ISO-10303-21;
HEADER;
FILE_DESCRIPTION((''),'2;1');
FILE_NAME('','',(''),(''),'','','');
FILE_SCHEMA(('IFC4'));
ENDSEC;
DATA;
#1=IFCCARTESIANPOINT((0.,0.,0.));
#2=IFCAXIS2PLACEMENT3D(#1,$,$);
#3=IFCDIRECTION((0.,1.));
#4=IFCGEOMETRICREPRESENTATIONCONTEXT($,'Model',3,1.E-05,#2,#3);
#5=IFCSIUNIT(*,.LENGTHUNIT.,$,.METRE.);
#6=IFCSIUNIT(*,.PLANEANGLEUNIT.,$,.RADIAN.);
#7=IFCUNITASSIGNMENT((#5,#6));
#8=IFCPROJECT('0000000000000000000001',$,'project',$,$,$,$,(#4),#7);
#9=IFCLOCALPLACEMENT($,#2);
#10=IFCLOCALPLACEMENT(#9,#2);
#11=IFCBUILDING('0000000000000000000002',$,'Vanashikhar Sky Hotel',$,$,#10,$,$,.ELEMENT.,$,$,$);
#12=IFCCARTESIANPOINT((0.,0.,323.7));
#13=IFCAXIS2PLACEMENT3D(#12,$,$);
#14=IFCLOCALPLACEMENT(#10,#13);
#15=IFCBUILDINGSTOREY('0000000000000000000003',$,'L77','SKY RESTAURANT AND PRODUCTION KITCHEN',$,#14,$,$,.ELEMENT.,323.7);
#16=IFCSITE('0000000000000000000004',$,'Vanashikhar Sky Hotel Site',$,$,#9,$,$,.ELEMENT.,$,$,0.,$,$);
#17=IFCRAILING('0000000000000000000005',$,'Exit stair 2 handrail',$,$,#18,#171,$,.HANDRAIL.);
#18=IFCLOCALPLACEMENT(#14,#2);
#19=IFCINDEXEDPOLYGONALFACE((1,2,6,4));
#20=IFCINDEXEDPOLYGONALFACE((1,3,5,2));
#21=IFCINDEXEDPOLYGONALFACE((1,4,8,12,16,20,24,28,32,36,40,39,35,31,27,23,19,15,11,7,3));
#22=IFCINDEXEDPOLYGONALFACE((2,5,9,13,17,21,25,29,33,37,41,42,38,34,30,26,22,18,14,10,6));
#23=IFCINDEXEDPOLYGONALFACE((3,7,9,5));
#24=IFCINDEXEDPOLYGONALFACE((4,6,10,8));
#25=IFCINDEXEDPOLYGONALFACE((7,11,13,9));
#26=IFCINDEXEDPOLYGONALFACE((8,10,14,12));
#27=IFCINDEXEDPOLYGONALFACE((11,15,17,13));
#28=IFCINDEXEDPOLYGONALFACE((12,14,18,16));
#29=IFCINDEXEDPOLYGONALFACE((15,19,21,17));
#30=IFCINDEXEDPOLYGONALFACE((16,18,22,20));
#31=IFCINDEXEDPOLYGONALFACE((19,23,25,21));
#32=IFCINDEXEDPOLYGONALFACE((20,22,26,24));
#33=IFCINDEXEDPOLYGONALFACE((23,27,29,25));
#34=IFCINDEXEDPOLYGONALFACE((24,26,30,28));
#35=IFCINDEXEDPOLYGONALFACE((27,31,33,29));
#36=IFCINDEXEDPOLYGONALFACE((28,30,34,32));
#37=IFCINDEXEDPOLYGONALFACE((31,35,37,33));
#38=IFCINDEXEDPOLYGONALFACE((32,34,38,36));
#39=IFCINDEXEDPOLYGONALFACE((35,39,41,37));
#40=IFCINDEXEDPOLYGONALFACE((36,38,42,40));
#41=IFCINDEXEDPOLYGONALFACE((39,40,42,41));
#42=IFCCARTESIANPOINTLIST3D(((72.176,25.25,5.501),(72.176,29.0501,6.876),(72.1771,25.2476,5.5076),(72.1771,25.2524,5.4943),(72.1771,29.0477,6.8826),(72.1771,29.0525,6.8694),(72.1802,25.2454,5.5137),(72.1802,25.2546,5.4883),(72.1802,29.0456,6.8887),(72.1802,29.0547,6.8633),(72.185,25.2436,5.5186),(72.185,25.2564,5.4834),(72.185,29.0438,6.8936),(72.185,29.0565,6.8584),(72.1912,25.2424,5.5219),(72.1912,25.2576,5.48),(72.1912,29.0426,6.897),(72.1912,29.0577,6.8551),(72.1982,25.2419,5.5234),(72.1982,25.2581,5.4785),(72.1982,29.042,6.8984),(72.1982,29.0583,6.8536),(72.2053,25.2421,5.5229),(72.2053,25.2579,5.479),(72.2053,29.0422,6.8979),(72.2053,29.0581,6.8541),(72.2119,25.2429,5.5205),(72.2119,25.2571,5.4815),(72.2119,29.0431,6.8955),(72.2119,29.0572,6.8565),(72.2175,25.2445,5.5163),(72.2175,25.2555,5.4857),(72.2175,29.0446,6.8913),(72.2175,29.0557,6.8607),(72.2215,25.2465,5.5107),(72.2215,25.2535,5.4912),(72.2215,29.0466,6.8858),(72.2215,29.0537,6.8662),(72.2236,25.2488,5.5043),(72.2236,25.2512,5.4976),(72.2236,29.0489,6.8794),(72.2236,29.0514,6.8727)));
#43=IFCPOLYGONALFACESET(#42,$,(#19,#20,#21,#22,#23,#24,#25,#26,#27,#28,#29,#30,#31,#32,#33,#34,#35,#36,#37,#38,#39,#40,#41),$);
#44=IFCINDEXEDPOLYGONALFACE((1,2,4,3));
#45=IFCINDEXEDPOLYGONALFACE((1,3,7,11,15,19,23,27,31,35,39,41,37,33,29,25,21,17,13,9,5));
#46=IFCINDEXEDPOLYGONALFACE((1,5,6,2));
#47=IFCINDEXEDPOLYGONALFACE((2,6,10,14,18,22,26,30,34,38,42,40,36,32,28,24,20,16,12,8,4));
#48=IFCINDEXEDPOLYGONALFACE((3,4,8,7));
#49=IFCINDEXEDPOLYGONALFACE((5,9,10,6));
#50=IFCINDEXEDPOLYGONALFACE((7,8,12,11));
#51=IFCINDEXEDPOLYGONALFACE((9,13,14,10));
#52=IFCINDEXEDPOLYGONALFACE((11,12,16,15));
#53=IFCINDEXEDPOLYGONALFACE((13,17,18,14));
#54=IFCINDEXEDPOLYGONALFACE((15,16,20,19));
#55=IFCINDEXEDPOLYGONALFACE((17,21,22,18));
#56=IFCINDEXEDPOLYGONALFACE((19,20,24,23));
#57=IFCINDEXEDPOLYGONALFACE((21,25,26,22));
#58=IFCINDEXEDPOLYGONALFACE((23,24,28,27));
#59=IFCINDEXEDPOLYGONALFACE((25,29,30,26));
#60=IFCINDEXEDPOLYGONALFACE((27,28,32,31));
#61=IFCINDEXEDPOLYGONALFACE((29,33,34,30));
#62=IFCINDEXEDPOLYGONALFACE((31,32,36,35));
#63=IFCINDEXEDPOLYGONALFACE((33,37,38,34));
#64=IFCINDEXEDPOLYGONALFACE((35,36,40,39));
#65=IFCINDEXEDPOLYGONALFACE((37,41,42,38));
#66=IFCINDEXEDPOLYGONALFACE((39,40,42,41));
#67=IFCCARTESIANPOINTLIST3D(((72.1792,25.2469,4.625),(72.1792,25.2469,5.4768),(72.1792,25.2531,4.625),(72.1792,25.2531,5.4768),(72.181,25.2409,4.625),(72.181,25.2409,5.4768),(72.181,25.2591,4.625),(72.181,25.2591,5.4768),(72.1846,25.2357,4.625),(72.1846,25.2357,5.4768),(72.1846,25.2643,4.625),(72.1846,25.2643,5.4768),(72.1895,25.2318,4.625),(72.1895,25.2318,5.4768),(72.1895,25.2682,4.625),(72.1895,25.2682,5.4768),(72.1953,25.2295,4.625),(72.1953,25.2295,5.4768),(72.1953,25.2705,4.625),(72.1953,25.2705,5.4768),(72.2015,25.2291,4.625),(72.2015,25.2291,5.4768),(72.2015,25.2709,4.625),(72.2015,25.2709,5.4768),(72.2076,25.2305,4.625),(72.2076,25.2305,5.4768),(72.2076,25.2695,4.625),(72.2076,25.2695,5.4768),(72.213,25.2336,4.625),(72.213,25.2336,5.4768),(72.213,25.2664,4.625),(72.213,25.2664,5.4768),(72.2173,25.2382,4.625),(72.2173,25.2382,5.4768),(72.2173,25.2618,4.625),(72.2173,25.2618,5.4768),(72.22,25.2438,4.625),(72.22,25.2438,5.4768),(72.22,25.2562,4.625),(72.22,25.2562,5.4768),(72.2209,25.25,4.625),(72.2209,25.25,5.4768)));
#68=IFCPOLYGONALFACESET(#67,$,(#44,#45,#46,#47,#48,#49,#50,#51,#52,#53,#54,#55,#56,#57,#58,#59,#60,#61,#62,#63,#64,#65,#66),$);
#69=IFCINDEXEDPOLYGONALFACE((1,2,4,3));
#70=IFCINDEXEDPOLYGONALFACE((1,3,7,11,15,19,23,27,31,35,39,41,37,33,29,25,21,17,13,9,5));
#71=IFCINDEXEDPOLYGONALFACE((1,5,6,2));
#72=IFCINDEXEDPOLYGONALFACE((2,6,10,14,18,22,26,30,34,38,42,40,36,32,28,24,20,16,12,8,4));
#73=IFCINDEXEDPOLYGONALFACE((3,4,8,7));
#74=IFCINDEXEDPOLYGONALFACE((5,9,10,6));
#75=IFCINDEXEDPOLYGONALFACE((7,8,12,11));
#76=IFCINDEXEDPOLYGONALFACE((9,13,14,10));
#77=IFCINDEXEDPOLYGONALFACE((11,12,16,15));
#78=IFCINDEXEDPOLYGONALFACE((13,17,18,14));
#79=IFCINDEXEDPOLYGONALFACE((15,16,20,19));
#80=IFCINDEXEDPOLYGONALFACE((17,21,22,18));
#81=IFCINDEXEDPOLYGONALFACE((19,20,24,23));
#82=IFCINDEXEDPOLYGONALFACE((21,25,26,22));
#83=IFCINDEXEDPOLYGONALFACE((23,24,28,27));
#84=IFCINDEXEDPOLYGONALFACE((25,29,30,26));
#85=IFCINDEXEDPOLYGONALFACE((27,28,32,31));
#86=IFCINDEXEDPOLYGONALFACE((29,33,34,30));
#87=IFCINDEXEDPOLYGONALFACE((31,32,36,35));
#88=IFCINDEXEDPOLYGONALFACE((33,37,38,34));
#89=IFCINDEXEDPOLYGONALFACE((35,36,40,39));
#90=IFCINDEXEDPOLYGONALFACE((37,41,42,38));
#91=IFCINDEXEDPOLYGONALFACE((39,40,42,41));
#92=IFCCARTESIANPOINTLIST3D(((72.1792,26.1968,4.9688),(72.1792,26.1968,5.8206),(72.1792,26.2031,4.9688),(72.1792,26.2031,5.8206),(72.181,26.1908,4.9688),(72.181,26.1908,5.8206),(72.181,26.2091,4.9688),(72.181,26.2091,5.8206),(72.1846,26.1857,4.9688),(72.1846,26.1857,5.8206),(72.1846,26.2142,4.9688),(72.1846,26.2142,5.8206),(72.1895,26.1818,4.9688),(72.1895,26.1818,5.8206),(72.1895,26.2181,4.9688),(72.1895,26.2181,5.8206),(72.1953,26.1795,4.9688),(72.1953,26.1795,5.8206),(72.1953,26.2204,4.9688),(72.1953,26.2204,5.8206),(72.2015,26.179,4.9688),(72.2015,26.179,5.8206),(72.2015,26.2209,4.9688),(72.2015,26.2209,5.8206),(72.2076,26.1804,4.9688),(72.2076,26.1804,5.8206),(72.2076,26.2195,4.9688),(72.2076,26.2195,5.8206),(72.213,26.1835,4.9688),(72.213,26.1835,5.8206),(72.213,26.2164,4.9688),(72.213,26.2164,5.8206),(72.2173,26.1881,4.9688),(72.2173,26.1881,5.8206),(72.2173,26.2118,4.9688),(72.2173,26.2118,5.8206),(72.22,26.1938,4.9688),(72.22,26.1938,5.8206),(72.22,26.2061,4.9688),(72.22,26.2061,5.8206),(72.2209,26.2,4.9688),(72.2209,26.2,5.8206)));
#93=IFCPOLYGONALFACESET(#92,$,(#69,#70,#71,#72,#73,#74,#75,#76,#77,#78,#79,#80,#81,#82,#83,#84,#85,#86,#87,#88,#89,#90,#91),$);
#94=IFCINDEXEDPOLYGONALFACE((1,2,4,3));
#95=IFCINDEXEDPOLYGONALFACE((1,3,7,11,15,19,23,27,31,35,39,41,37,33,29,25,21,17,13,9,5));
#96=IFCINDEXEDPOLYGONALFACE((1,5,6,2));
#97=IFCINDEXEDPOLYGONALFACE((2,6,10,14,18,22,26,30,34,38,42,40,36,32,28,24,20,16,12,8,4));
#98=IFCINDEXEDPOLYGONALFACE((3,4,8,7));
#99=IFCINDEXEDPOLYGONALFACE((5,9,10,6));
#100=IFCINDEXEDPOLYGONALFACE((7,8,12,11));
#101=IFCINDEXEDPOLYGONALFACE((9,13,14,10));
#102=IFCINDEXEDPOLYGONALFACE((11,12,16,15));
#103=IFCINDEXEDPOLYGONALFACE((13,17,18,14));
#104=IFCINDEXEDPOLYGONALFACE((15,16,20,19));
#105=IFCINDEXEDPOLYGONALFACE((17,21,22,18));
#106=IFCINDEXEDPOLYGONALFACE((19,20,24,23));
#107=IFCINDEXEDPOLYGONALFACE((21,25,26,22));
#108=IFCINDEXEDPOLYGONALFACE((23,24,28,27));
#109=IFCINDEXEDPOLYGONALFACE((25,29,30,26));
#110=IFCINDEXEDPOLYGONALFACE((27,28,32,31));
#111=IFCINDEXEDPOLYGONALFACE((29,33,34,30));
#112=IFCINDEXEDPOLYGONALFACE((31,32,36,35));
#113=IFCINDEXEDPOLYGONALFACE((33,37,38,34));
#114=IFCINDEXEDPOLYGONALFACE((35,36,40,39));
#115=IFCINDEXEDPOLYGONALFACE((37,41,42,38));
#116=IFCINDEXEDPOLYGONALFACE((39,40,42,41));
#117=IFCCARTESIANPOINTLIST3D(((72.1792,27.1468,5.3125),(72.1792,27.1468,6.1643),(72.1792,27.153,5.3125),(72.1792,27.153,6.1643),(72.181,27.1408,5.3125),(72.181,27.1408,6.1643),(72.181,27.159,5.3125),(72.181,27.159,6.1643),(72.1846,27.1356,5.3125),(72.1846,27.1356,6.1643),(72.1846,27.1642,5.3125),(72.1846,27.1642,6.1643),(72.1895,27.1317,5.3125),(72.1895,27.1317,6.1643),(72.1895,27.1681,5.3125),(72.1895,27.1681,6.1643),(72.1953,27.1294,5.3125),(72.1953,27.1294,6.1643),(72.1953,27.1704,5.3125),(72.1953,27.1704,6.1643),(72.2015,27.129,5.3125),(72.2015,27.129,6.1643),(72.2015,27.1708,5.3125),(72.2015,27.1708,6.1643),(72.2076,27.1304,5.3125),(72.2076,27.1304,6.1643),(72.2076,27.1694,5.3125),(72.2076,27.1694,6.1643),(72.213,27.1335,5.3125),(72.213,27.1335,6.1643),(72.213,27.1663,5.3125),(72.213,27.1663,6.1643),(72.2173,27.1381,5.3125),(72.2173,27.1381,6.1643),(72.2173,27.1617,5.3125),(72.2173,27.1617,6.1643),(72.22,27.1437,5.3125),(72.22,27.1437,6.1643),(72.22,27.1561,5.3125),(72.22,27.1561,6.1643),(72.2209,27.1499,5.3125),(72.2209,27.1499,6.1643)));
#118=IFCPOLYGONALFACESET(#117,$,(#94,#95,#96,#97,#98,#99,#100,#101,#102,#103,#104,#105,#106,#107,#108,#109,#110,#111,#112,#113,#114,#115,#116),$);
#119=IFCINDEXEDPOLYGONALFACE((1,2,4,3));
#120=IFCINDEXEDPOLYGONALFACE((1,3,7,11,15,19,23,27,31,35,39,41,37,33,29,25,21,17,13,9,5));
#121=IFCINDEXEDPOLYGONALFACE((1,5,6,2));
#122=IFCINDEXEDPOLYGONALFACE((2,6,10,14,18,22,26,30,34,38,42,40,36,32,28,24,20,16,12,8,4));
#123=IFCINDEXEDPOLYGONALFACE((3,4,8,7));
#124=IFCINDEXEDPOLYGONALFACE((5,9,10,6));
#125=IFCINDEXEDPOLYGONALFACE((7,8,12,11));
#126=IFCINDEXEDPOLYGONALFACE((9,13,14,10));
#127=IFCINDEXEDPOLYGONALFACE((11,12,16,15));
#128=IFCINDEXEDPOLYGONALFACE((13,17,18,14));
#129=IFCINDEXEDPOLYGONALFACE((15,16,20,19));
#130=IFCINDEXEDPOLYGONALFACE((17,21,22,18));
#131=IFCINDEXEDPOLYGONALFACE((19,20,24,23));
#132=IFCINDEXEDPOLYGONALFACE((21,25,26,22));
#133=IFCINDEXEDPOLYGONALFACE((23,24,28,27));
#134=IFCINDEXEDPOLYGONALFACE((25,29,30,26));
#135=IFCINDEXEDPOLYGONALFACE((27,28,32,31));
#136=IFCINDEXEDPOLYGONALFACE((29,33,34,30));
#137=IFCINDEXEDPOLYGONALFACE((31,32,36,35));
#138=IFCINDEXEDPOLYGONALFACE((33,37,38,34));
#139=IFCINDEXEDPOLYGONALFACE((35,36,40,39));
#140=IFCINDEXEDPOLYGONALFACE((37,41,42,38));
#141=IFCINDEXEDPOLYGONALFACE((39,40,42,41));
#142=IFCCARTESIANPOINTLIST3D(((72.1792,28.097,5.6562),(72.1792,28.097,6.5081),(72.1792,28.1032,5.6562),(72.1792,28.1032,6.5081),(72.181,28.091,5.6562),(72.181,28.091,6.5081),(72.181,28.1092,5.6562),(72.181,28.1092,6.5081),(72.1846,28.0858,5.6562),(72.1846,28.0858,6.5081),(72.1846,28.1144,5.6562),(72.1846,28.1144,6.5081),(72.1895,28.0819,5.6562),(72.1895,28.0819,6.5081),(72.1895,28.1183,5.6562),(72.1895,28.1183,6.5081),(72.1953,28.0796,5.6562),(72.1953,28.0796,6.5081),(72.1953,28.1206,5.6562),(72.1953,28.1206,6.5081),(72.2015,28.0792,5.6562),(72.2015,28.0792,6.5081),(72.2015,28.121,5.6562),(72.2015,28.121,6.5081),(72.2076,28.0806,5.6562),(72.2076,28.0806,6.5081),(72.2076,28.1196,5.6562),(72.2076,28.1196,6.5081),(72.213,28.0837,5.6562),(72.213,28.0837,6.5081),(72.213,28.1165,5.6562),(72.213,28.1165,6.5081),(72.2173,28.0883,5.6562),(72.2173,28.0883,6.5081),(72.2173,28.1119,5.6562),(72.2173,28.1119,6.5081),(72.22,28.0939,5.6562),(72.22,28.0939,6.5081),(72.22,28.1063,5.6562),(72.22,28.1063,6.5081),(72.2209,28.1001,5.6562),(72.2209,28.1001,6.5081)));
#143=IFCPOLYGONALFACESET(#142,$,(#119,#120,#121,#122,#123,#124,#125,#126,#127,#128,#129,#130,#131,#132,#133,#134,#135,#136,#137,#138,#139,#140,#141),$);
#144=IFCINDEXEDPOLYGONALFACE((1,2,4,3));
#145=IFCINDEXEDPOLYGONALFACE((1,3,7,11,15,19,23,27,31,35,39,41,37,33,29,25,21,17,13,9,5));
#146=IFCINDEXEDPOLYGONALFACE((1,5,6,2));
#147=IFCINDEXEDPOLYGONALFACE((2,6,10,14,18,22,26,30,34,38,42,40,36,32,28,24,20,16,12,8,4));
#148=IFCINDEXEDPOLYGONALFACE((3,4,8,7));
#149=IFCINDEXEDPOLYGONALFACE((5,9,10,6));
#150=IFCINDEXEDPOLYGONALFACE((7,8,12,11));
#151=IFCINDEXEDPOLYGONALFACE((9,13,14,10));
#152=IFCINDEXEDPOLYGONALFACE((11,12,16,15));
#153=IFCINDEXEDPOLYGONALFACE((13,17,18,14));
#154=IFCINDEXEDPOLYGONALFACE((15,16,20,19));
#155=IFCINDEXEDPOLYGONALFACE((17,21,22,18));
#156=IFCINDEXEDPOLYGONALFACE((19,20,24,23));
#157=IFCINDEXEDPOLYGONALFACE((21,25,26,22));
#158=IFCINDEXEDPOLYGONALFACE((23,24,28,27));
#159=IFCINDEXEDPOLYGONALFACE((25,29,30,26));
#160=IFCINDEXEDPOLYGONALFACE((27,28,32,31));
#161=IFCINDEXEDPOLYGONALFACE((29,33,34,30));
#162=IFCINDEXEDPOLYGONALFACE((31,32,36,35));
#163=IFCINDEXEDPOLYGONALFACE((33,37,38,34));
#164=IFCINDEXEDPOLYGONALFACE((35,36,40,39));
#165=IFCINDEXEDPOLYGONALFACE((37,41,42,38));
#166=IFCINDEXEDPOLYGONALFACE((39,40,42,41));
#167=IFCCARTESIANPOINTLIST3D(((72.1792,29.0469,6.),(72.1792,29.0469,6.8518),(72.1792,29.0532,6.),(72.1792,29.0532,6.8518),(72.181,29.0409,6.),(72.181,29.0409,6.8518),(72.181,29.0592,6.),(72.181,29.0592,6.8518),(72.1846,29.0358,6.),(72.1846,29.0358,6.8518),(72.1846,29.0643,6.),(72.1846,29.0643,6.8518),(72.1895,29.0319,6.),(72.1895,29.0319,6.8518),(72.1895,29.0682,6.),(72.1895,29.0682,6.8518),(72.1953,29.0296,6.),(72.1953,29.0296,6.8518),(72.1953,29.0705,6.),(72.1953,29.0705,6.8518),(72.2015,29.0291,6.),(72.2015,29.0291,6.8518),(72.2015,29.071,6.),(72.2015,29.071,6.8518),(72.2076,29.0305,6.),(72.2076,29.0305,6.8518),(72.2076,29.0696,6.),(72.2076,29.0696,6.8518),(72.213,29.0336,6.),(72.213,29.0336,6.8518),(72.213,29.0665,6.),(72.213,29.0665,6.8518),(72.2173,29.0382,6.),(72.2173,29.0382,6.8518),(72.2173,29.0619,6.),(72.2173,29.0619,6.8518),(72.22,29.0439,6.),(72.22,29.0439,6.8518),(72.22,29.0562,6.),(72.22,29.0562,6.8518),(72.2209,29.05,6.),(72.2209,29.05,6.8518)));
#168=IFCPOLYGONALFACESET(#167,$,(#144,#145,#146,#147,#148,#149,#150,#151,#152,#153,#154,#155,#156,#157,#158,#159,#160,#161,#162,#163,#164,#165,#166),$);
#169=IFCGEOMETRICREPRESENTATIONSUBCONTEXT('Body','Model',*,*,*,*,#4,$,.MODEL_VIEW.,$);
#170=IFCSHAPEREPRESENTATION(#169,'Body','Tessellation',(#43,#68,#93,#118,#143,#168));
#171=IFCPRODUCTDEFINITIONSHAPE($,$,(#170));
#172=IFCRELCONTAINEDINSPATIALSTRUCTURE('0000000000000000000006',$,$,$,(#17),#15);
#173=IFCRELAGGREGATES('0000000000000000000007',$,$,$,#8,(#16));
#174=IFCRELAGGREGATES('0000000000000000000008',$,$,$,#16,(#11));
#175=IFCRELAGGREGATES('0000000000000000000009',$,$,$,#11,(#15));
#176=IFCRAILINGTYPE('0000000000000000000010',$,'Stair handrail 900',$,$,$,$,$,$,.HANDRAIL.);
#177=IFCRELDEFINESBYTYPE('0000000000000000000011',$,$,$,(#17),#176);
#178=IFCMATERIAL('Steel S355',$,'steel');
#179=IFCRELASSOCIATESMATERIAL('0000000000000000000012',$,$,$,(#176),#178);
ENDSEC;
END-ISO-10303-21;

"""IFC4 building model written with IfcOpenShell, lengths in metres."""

from ifc_helpers import new_model, si_unit, direction, frame, origin, origin_2d, place, context, subcontext, project, spatial, circle, extrude, source, transform, mapped, material, type_object, element, save


model = new_model("IFC4")

# Units and contexts
model_context = context("Model", 3, precision=1e-05, world=origin(), true_north=direction((0.0, 1.0)))
body_context = subcontext(model_context, "Body", "Model", "MODEL_VIEW")
ifc_project = project(units=[si_unit("LENGTHUNIT", "METRE"), si_unit("PLANEANGLEUNIT", "RADIAN")], contexts=[model_context])

# Site, building, storey
site_placement = place(None, origin())
site = spatial("IfcSite", under=ifc_project, at=site_placement, Name="Vanashikhar Sky Hotel Site", CompositionType="ELEMENT", RefElevation=0.0)
building_placement = place(site_placement, origin())
building = spatial("IfcBuilding", under=site, at=building_placement, Name="Vanashikhar Sky Hotel", CompositionType="ELEMENT")
storey_placement = place(building_placement, frame((0.0, 0.0, 323.7)))
storey = spatial("IfcBuildingStorey", under=building, at=storey_placement, Name="L77", Description="SKY RESTAURANT AND PRODUCTION KITCHEN", CompositionType="ELEMENT", Elevation=323.7)

# Railing
ifc_material_1 = material(Name="Steel S355", Category="steel")
railing_type_1 = type_object("IfcRailingType", Name="Stair handrail 900", PredefinedType="HANDRAIL", material=ifc_material_1)
shared_shape_1 = source(origin(), body_context, "Body", "SweptSolid", [
    extrude(circle(Radius=0.0239, at=origin_2d()), frame((0.0, 0.0, 0.876), z_axis=(0.0, 0.940336, 0.340249), x_axis=(-1.0, 0.0, 0.0)), (0.0, 0.0, 1.0), 4.0413),
    extrude(circle(Radius=0.021, at=origin_2d()), origin(), (0.0, 0.0, 1.0), 0.8518),
    extrude(circle(Radius=0.021, at=origin_2d()), frame((0.0, 0.95, 0.3438)), (0.0, 0.0, 1.0), 0.8518),
    extrude(circle(Radius=0.021, at=origin_2d()), frame((0.0, 1.8999, 0.6875)), (0.0, 0.0, 1.0), 0.8518),
    extrude(circle(Radius=0.021, at=origin_2d()), frame((0.0, 2.8501, 1.0312)), (0.0, 0.0, 1.0), 0.8518),
    extrude(circle(Radius=0.021, at=origin_2d()), frame((0.0, 3.8, 1.375)), (0.0, 0.0, 1.0), 0.8518),
])
for number, where, name in (
    (1, (72.2, 25.25, 4.625), "Exit stair 2 handrail"),
):
    element("IfcRailing", number, at=place(storey_placement, frame(where)), inside=storey, type_object=railing_type_1, Name=name, PredefinedType="HANDRAIL", context=body_context, shape_type="MappedRepresentation", body=[
        mapped(shared_shape_1, transform((0.0, 0.0, 0.0), scale=1.0)),
    ])

save(model, "model.ifc")
